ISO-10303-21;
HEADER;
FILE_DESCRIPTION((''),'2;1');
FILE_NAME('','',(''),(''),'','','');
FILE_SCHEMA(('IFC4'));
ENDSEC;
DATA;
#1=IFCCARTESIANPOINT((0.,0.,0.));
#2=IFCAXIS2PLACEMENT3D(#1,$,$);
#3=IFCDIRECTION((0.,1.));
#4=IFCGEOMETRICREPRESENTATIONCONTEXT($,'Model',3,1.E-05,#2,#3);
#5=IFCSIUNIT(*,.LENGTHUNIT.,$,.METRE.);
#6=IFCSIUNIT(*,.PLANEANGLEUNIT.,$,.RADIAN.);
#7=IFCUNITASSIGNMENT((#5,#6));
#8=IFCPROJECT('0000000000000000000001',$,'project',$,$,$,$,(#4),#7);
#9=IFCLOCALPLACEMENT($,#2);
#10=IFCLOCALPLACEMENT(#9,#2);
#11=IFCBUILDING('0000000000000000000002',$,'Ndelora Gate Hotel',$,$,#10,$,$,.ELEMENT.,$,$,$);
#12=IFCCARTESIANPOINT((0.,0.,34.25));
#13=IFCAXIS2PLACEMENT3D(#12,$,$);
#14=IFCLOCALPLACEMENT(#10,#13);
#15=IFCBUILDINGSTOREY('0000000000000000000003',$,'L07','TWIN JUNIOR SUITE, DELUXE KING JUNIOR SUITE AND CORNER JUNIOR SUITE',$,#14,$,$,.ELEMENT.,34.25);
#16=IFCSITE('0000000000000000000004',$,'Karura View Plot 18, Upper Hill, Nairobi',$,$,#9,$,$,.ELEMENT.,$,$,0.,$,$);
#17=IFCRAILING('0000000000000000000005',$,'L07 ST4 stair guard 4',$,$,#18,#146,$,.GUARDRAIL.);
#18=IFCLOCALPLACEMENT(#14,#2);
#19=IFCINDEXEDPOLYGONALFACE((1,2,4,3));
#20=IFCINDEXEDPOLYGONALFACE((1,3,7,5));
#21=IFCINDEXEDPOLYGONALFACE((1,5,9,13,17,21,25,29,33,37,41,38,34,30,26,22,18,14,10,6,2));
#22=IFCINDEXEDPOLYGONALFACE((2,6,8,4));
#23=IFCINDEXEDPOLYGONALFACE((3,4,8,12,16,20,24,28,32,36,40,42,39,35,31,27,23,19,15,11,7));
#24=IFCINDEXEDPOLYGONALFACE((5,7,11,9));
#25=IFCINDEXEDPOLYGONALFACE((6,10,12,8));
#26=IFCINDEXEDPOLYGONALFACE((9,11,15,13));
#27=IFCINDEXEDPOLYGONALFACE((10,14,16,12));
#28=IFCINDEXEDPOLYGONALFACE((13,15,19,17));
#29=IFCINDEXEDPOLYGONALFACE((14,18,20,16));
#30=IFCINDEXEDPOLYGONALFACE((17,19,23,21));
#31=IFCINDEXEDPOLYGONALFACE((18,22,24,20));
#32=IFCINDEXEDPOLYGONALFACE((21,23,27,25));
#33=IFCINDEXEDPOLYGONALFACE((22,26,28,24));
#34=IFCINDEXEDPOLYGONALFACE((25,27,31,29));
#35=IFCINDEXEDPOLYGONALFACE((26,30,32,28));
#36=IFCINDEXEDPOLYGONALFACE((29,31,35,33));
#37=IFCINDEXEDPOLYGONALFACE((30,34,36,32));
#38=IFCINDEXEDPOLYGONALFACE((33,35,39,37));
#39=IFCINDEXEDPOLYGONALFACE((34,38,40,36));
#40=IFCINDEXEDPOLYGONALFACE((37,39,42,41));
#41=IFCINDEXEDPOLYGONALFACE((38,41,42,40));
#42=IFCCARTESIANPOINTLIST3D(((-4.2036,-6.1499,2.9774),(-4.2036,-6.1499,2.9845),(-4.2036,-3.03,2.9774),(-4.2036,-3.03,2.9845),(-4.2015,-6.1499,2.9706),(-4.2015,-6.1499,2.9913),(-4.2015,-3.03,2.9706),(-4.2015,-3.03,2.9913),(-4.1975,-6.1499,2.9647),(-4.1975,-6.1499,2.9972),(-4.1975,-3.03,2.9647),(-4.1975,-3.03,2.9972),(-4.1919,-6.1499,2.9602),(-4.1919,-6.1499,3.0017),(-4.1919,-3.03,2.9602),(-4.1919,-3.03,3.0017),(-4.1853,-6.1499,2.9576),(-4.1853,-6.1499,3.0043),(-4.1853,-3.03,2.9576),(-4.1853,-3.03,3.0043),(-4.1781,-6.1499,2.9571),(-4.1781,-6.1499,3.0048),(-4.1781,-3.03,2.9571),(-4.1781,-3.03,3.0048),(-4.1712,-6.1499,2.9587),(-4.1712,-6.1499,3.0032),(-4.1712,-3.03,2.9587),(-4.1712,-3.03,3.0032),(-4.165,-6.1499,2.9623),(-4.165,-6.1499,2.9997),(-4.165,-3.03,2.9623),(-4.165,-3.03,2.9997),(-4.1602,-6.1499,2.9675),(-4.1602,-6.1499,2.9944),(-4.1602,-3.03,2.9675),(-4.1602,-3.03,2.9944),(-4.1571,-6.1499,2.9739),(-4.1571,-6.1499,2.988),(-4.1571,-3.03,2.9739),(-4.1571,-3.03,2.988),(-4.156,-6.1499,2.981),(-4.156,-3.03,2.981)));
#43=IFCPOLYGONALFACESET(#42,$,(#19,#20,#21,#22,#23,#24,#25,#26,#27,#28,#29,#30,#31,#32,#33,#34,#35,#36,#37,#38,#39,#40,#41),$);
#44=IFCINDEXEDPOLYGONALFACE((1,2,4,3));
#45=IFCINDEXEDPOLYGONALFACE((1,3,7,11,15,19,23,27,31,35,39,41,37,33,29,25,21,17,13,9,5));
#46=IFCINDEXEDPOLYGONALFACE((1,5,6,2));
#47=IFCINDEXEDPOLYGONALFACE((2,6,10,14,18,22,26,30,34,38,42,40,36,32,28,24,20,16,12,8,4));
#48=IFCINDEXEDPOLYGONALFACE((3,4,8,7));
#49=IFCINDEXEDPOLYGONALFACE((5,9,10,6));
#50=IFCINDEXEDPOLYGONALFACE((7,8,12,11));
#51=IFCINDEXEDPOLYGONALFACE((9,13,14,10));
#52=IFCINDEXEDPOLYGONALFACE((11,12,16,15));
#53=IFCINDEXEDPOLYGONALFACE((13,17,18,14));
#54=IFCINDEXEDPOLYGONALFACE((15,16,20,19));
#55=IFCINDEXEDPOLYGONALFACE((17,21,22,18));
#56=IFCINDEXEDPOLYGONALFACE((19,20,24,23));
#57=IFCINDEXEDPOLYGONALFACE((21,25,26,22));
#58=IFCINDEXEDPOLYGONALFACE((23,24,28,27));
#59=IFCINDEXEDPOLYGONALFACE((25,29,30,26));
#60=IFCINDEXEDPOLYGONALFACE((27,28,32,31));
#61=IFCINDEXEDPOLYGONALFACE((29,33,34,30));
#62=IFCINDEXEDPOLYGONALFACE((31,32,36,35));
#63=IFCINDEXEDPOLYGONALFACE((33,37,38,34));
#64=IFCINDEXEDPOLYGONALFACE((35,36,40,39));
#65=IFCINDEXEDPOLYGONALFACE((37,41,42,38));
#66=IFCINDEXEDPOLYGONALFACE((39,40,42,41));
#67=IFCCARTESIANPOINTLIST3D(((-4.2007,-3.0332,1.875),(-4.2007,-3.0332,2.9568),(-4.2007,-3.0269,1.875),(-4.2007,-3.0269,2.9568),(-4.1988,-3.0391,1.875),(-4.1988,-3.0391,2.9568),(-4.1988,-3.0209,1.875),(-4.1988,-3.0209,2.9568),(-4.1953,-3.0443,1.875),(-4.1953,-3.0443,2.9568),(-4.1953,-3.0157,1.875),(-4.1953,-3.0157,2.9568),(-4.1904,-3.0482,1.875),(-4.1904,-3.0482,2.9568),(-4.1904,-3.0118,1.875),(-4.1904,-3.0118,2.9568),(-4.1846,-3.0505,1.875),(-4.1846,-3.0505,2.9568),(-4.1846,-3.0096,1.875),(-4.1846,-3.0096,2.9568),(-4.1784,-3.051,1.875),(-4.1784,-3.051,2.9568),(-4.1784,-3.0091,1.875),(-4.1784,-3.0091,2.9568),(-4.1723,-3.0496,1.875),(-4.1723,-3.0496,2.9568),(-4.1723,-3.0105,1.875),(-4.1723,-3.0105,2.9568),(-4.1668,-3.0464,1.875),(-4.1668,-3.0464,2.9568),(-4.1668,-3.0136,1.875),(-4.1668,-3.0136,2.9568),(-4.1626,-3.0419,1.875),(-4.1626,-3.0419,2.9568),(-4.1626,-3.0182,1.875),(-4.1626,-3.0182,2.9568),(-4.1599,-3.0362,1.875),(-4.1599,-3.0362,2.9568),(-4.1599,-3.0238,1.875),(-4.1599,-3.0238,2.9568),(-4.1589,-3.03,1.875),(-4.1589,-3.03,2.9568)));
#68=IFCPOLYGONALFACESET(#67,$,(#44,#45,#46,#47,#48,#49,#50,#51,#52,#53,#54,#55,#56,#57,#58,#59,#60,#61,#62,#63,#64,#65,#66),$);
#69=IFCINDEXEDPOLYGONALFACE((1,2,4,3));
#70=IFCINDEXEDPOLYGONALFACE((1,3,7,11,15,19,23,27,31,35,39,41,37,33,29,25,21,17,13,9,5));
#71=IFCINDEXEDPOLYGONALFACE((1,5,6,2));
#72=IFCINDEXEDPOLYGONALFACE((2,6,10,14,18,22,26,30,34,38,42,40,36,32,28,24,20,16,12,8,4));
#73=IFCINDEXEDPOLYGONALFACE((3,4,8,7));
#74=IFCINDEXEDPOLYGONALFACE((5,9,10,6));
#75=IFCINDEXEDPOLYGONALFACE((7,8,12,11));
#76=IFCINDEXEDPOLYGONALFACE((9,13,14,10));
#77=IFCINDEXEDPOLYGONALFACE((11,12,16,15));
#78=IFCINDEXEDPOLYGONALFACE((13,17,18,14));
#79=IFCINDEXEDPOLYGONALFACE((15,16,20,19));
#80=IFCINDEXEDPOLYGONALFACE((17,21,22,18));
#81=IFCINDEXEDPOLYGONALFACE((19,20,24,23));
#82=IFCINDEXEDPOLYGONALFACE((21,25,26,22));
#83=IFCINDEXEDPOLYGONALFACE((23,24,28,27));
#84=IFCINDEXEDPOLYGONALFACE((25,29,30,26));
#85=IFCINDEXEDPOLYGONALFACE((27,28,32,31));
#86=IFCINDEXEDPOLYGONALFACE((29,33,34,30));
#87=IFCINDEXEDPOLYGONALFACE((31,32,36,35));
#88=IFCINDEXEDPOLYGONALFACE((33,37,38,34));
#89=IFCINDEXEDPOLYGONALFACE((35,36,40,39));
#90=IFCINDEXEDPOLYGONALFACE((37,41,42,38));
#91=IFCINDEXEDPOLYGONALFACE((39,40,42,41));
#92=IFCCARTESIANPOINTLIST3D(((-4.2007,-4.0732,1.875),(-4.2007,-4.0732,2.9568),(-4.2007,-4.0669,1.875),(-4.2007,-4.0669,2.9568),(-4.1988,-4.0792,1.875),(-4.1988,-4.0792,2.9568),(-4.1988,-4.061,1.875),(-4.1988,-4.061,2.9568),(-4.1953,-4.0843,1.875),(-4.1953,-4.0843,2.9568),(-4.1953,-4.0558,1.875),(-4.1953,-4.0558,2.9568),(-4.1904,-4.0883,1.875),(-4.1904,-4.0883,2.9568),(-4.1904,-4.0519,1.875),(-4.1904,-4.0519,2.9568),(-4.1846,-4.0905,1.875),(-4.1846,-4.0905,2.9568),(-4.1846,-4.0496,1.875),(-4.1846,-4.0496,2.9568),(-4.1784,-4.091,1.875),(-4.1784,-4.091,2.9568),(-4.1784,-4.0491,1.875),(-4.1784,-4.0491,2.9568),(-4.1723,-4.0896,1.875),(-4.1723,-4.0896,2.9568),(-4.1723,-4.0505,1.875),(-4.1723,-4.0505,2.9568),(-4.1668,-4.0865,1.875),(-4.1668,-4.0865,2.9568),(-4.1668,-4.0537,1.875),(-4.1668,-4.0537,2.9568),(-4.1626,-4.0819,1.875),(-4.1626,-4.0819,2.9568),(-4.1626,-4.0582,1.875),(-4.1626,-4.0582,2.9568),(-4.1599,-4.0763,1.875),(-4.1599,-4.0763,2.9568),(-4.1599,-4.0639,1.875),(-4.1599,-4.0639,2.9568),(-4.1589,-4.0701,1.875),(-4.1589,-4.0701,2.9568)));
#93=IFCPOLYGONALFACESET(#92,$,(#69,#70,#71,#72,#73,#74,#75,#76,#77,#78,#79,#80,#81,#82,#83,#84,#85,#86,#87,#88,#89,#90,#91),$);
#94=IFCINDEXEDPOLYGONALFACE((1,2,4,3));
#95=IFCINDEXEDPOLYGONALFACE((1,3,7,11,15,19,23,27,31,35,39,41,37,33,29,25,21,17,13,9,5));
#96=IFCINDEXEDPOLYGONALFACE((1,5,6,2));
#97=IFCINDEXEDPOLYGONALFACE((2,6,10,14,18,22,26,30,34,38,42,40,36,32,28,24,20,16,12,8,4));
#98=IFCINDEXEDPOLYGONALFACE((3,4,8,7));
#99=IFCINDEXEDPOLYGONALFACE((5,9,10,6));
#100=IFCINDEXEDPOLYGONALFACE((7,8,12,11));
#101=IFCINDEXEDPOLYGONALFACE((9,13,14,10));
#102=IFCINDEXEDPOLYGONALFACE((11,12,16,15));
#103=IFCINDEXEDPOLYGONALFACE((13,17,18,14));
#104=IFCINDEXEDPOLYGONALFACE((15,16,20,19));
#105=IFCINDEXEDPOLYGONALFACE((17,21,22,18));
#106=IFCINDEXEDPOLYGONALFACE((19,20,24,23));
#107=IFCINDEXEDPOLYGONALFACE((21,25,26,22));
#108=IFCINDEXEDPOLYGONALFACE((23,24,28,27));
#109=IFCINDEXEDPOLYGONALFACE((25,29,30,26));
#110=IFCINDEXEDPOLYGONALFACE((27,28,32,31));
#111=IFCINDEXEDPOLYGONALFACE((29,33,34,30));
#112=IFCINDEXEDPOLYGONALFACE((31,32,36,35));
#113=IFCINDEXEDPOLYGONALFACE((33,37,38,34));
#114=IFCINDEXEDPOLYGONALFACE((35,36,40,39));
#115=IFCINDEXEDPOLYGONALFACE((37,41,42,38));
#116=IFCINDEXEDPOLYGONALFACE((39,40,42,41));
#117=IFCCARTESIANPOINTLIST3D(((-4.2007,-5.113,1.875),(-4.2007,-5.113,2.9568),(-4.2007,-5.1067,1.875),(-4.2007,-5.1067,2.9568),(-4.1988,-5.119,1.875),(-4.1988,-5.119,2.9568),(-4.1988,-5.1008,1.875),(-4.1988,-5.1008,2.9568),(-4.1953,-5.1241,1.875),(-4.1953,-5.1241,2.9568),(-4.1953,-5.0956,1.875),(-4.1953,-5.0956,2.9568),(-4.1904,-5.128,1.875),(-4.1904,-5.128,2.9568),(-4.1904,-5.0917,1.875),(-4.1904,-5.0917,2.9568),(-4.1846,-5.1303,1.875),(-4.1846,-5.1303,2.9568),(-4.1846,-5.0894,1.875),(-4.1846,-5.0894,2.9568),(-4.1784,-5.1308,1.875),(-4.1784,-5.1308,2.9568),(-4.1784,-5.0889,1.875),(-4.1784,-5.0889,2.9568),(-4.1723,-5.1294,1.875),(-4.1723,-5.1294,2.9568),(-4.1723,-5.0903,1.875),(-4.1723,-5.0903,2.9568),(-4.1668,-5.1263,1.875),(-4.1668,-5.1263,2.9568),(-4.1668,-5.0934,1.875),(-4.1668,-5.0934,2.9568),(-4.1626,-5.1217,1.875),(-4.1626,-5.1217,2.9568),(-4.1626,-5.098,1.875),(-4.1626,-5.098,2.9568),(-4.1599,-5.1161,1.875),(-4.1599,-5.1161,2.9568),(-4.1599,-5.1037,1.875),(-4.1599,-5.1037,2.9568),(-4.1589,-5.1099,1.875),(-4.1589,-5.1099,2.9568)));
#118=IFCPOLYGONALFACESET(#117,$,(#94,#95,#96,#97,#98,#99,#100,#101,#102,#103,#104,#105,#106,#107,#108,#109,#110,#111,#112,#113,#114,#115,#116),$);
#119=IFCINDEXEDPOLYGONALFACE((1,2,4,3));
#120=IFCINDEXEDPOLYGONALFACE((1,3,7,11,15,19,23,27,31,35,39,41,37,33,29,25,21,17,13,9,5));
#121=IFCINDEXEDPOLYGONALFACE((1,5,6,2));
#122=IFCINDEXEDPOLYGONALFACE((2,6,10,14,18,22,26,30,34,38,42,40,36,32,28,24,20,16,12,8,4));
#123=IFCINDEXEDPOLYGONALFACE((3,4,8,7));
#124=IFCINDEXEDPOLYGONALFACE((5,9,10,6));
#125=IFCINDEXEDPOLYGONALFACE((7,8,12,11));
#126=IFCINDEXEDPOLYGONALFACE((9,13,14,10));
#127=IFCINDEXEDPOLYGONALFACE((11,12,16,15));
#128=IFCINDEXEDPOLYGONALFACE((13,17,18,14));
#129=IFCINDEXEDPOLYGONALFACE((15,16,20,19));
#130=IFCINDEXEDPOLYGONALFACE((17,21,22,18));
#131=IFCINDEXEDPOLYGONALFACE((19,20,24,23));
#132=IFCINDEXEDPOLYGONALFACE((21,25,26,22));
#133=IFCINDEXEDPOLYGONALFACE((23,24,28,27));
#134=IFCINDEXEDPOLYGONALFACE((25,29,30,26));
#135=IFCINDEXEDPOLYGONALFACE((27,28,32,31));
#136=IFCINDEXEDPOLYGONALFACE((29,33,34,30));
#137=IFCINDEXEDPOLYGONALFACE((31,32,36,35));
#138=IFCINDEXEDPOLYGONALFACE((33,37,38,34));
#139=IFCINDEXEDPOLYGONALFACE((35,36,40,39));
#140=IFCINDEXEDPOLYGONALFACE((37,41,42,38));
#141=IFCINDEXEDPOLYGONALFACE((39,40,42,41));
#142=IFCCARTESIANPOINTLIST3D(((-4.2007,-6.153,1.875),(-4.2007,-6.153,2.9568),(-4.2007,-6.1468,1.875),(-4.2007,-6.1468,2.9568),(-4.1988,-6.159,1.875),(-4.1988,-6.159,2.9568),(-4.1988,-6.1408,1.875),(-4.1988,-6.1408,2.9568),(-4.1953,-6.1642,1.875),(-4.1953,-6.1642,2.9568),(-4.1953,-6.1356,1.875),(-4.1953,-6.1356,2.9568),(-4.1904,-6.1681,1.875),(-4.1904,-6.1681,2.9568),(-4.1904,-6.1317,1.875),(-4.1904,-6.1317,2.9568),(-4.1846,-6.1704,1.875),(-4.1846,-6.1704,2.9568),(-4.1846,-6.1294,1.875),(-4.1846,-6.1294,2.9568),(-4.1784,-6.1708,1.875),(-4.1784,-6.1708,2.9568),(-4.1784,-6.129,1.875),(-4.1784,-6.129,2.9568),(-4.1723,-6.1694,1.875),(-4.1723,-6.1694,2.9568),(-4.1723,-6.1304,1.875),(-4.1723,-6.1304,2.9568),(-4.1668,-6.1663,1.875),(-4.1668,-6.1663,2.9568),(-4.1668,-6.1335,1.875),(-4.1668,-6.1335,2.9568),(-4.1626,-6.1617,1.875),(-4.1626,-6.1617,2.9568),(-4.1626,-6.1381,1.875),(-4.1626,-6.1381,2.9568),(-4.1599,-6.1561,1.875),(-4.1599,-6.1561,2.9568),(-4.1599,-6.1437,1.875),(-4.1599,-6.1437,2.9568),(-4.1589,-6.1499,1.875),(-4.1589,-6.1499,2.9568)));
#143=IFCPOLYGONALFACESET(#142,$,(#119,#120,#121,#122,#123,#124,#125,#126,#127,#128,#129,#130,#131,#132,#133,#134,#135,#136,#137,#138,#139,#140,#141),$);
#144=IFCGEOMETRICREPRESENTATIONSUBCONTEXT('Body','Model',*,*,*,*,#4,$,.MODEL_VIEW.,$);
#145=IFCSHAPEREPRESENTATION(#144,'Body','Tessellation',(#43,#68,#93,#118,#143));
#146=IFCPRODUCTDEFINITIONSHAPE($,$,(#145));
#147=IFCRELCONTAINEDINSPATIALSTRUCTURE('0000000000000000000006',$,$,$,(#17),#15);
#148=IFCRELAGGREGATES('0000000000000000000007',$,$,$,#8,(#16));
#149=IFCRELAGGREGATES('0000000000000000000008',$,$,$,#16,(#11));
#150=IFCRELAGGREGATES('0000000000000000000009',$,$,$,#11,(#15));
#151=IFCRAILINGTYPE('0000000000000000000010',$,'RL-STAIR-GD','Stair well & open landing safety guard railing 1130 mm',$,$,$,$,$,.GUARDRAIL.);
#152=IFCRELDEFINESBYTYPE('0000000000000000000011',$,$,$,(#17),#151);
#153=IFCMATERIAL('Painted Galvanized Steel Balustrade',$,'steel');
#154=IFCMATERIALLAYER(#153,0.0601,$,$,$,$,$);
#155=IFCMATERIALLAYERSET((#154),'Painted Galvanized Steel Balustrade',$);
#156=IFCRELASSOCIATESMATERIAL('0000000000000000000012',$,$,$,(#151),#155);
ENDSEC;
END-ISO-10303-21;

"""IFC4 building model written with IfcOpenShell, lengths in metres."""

from ifc_helpers import new_model, si_unit, direction, frame, origin, origin_2d, place, context, subcontext, project, spatial, circle, extrude, material, layer, layer_set, type_object, element, save


model = new_model("IFC4")

# Units and contexts
model_context = context("Model", 3, precision=1e-05, world=origin(), true_north=direction((0.0, 1.0)))
body_context = subcontext(model_context, "Body", "Model", "MODEL_VIEW")
ifc_project = project(units=[si_unit("LENGTHUNIT", "METRE"), si_unit("PLANEANGLEUNIT", "RADIAN")], contexts=[model_context])

# Site, building, storey
site_placement = place(None, origin())
site = spatial("IfcSite", under=ifc_project, at=site_placement, Name="Karura View Plot 18, Upper Hill, Nairobi", CompositionType="ELEMENT", RefElevation=0.0)
building_placement = place(site_placement, origin())
building = spatial("IfcBuilding", under=site, at=building_placement, Name="Ndelora Gate Hotel", CompositionType="ELEMENT")
storey_placement = place(building_placement, frame((0.0, 0.0, 34.25)))
storey = spatial("IfcBuildingStorey", under=building, at=storey_placement, Name="L07", Description="TWIN JUNIOR SUITE, DELUXE KING JUNIOR SUITE AND CORNER JUNIOR SUITE", CompositionType="ELEMENT", Elevation=34.25)

# Railing
ifc_material_1 = material(Name="Painted Galvanized Steel Balustrade", Category="steel")
ifc_layer_1 = layer(ifc_material_1, 0.0601)
ifc_layer_set_1 = layer_set([ifc_layer_1], Name="Painted Galvanized Steel Balustrade")
railing_type_1 = type_object("IfcRailingType", Name="RL-STAIR-GD", Description="Stair well & open landing safety guard railing 1130 mm", PredefinedType="GUARDRAIL", material=ifc_layer_set_1)
for number, where, name in (
    (1, (-4.1799, -3.03, 1.875), "L07 ST4 stair guard 4"),
):
    element("IfcRailing", number, at=place(storey_placement, frame(where)), inside=storey, type_object=railing_type_1, Name=name, PredefinedType="GUARDRAIL", context=body_context, shape_type="SweptSolid", body=[
        extrude(circle(Radius=0.0239, at=origin_2d()), frame((0.0, 0.0, 1.106), z_axis=(0.0, -1.0, 0.0), x_axis=(1.0, 0.0, 0.0)), (0.0, 0.0, 1.0), 3.1199),
        extrude(circle(Radius=0.021, at=origin_2d()), origin(), (0.0, 0.0, 1.0), 1.0818),
        extrude(circle(Radius=0.021, at=origin_2d()), frame((0.0, -1.04, 0.0)), (0.0, 0.0, 1.0), 1.0818),
        extrude(circle(Radius=0.021, at=origin_2d()), frame((0.0, -2.0798, 0.0)), (0.0, 0.0, 1.0), 1.0818),
        extrude(circle(Radius=0.021, at=origin_2d()), frame((0.0, -3.1199, 0.0)), (0.0, 0.0, 1.0), 1.0818),
    ])

save(model, "model.ifc")
